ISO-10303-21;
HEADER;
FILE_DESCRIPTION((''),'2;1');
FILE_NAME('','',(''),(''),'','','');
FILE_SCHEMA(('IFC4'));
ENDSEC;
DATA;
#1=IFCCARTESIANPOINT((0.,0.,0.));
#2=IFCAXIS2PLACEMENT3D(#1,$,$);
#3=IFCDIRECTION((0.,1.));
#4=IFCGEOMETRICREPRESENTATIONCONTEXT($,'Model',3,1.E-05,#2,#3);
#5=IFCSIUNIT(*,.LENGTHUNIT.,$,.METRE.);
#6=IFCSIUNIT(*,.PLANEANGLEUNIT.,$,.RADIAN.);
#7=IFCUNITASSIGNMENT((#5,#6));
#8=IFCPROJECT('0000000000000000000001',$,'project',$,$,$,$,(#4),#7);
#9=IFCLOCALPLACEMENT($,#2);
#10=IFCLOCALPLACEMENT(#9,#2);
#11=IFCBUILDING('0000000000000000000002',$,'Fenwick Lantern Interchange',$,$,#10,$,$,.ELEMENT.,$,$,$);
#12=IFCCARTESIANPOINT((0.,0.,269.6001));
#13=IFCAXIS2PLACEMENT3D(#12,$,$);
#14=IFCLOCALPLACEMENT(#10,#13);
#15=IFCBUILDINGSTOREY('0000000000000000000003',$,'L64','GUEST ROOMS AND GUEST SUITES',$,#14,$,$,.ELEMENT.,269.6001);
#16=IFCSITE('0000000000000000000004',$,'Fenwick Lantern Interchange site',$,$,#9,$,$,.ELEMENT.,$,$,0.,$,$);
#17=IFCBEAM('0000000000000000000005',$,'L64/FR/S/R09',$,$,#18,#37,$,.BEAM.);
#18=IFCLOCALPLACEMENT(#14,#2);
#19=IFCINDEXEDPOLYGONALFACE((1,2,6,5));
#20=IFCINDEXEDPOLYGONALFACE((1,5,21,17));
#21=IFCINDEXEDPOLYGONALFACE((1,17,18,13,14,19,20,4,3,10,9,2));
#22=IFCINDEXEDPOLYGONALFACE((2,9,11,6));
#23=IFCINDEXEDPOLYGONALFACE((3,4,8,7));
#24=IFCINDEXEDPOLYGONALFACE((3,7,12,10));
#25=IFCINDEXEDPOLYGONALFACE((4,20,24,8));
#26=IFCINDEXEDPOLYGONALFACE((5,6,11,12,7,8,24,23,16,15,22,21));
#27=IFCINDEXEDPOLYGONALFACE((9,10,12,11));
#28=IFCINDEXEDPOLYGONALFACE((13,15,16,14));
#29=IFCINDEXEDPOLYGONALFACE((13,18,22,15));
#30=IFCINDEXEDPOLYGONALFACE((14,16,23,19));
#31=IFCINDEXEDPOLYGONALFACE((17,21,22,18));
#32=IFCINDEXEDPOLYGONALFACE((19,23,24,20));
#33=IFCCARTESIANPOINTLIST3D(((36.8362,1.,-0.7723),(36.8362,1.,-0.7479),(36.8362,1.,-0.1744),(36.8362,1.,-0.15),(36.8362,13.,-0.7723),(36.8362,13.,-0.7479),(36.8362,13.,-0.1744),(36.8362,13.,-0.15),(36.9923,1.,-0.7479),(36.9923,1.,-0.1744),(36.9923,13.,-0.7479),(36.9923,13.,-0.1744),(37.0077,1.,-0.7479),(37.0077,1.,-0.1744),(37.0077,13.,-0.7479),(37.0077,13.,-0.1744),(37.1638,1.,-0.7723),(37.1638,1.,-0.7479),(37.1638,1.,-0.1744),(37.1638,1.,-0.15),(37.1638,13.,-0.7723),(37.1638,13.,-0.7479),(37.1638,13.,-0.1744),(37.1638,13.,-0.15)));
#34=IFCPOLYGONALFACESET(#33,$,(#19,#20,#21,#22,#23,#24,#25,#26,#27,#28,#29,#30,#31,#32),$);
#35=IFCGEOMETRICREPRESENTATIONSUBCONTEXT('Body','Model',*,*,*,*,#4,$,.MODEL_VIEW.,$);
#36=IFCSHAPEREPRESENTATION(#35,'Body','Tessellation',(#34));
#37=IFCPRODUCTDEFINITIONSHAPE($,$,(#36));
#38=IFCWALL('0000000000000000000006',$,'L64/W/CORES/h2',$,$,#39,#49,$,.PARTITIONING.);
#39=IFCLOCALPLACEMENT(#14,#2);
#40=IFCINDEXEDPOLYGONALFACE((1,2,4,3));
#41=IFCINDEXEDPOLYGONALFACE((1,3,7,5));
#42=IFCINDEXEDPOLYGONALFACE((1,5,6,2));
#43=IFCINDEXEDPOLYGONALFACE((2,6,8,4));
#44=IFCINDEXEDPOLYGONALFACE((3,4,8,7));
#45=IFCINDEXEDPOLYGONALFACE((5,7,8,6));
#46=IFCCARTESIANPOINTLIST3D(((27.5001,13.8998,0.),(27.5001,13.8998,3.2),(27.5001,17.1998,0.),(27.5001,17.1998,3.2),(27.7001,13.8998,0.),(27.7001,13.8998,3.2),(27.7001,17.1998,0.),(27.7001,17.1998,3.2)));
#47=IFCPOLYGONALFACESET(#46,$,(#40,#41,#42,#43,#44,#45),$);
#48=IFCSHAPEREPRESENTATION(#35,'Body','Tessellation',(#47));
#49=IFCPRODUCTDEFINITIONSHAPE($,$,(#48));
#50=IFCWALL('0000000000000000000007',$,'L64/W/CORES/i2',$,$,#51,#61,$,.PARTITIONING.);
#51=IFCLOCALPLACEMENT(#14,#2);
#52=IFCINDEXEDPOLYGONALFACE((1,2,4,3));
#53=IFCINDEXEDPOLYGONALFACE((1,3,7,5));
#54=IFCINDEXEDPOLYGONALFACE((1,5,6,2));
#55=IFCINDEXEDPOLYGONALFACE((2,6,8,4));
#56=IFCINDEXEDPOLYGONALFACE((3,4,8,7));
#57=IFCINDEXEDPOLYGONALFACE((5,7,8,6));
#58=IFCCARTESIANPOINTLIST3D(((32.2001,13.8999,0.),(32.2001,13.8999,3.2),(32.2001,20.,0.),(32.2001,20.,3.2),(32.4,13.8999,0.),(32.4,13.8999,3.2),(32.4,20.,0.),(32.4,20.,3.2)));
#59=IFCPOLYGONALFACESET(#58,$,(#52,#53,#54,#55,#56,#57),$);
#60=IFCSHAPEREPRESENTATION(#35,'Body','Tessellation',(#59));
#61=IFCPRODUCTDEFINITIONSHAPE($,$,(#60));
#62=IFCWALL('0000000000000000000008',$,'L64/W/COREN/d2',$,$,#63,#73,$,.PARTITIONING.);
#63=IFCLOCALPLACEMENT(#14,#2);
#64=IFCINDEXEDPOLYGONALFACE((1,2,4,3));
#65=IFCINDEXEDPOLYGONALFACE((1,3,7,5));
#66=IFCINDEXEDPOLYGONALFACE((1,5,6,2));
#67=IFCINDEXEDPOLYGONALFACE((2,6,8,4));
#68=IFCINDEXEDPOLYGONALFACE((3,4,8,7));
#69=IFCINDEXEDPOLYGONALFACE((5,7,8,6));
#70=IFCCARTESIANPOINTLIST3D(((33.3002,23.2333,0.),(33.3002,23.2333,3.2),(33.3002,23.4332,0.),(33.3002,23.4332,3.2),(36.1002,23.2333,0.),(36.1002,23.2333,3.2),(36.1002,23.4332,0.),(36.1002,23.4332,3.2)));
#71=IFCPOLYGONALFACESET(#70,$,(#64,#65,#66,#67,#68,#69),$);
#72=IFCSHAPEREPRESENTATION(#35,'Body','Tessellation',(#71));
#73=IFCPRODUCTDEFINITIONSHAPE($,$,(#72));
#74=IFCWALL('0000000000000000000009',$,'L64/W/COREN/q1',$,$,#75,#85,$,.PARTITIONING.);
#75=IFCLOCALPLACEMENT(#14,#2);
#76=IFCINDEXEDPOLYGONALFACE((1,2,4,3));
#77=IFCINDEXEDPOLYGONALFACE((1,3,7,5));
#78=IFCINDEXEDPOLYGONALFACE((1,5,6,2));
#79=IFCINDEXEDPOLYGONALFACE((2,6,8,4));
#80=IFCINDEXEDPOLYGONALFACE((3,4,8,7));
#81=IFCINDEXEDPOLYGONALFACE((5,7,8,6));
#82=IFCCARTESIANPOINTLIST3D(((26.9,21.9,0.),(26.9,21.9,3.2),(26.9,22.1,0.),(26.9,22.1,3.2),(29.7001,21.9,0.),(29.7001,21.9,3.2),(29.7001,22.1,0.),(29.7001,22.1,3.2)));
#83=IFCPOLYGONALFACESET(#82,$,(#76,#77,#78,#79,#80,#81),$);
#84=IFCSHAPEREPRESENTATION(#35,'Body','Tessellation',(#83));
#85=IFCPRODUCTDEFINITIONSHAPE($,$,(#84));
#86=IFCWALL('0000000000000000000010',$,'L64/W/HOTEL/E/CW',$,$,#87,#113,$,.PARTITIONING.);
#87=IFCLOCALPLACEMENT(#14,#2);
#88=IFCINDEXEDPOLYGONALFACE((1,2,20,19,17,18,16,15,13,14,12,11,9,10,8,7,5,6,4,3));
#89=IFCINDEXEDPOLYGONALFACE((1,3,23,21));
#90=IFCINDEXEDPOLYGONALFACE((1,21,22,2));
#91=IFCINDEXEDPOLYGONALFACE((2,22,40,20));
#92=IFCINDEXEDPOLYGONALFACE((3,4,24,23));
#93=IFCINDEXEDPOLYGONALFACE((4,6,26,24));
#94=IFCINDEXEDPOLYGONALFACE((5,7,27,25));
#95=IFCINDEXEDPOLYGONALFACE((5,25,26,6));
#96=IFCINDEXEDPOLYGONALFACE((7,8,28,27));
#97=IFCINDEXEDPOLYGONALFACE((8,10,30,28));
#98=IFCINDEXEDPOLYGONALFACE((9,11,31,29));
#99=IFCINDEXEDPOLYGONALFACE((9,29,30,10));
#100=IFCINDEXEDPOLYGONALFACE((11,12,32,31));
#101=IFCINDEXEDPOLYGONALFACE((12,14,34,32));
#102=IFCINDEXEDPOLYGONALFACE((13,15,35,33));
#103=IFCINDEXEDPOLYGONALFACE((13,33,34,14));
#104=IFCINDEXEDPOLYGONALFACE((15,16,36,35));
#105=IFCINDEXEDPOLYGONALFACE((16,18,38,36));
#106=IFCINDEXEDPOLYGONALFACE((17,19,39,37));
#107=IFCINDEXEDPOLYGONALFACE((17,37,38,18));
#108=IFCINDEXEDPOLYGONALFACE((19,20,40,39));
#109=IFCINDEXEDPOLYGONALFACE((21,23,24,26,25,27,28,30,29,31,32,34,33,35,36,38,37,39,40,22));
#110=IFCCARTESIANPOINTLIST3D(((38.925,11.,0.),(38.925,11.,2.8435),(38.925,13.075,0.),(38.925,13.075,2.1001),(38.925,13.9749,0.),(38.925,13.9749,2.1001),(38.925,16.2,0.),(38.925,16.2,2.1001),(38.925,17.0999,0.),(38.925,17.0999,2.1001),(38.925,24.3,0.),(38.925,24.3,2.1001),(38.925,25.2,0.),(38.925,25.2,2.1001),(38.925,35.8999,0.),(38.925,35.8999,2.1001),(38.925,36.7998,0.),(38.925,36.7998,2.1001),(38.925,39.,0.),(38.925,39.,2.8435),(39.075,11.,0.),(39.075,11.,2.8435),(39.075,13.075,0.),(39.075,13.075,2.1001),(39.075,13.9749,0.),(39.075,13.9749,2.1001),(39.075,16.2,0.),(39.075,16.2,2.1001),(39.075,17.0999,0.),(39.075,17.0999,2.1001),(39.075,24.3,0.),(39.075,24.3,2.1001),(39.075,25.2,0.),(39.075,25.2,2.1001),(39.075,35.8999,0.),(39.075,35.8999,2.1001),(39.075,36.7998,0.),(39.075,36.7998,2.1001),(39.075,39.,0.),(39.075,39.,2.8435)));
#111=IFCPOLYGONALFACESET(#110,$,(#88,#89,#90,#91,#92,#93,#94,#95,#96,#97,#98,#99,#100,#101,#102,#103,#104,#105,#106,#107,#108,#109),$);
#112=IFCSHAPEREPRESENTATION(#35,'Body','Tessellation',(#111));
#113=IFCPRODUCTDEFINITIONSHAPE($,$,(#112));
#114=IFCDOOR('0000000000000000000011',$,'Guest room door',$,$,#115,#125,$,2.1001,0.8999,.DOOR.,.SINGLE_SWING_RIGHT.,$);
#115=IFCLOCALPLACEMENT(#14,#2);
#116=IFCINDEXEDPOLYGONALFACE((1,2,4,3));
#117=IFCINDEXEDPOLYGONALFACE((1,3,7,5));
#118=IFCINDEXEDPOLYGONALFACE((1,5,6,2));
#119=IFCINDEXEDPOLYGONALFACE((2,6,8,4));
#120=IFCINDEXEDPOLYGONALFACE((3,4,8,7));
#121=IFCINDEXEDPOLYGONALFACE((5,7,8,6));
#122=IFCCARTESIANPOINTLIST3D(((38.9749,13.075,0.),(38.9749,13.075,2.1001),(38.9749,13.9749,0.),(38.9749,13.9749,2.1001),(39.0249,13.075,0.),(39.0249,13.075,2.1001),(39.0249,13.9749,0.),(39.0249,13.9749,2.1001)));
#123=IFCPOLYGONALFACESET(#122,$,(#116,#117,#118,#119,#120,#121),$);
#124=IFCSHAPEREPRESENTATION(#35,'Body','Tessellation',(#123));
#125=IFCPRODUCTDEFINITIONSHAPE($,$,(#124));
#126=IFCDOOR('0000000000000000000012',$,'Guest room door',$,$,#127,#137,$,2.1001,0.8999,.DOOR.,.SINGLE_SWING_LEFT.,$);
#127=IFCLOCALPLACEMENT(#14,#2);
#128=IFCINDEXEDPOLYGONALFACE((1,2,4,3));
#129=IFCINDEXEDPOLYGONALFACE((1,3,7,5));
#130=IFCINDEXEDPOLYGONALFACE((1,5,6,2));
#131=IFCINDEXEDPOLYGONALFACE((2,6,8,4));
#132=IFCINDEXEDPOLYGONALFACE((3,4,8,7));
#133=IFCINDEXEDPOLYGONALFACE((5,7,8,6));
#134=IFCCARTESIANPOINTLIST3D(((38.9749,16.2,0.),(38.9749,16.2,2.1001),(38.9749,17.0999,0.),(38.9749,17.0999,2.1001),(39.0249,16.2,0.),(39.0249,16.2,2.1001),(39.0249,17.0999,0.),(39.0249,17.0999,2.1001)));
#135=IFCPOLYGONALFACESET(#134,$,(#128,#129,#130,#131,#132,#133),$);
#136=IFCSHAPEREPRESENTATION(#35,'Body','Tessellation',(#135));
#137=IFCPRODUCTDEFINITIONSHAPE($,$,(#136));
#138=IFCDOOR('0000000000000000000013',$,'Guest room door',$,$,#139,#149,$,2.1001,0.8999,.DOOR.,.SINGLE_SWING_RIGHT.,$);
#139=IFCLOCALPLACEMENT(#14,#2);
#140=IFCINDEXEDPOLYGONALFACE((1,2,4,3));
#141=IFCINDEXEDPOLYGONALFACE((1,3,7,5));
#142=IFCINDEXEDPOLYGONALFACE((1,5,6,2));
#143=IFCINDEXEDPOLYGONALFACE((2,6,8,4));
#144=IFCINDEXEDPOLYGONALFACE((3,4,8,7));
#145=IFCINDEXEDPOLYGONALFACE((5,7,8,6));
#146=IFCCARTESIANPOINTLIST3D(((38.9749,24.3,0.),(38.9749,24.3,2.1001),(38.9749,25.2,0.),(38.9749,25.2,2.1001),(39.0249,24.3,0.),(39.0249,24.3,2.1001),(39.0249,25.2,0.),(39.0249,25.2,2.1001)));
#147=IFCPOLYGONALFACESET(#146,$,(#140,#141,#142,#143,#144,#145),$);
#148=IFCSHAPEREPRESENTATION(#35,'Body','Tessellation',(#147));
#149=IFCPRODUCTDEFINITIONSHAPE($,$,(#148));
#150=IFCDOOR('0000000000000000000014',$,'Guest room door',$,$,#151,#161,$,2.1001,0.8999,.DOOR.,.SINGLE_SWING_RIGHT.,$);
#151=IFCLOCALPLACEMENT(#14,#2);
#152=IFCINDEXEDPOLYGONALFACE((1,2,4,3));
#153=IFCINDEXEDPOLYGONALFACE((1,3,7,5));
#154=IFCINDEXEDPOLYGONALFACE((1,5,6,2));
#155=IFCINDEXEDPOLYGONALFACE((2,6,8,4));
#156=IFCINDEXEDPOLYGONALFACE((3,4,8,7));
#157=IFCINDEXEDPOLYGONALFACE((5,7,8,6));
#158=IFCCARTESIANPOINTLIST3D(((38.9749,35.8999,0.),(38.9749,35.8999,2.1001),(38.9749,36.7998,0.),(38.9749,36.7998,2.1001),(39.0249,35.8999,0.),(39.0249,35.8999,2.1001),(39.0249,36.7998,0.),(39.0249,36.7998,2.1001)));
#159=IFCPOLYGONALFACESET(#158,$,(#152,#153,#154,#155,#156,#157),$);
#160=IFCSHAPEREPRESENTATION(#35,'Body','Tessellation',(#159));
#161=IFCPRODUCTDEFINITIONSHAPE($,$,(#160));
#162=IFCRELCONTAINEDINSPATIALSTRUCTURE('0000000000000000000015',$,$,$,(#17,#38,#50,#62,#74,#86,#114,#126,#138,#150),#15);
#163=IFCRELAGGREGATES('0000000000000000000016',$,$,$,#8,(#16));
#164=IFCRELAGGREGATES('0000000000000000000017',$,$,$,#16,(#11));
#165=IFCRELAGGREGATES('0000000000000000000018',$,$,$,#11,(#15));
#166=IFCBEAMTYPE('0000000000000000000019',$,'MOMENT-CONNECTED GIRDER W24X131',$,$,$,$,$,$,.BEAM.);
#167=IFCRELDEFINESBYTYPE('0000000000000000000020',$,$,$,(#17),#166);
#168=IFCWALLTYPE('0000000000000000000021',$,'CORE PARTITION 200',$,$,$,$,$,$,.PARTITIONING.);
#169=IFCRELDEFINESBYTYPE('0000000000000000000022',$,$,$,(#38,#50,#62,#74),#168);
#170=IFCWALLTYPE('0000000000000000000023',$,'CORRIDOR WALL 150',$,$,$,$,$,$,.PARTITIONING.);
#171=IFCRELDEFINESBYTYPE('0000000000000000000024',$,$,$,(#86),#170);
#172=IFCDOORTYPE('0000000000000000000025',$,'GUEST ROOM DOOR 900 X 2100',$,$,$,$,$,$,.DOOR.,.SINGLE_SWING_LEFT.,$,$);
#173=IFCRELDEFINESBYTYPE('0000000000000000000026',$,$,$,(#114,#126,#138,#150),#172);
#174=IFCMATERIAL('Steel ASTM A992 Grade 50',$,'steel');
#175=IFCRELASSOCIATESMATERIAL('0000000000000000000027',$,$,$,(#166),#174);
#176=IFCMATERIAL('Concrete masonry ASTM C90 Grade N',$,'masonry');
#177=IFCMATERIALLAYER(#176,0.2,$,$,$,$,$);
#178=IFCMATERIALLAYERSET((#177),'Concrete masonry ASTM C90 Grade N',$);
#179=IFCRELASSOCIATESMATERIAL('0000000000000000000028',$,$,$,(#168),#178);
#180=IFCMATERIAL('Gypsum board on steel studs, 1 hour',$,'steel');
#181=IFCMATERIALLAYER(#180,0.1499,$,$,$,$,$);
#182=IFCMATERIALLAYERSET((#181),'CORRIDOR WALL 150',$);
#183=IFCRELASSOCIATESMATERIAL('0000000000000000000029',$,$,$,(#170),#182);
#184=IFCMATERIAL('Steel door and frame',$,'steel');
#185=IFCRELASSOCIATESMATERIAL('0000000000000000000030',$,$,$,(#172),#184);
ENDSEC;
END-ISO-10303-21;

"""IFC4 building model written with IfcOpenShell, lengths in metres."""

from ifc_helpers import new_model, si_unit, direction, frame, frame_2d, origin, origin_2d, place, context, subcontext, project, spatial, rectangle, i_section, extrude, material, layer, layer_set, material_profile, profile_set, type_object, element, fill, save


model = new_model("IFC4")

# Units and contexts
model_context = context("Model", 3, precision=1e-05, world=origin(), true_north=direction((0.0, 1.0)))
body_context = subcontext(model_context, "Body", "Model", "MODEL_VIEW")
ifc_project = project(units=[si_unit("LENGTHUNIT", "METRE"), si_unit("PLANEANGLEUNIT", "RADIAN")], contexts=[model_context])

# Site, building, storey
site_placement = place(None, origin())
site = spatial("IfcSite", under=ifc_project, at=site_placement, Name="Fenwick Lantern Interchange site", CompositionType="ELEMENT", RefElevation=0.0)
building_placement = place(site_placement, origin())
building = spatial("IfcBuilding", under=site, at=building_placement, Name="Fenwick Lantern Interchange", CompositionType="ELEMENT")
storey_placement = place(building_placement, frame((0.0, 0.0, 269.6001)))
storey = spatial("IfcBuildingStorey", under=building, at=storey_placement, Name="L64", Description="GUEST ROOMS AND GUEST SUITES", CompositionType="ELEMENT", Elevation=269.6001)

# Shared definitions
ifc_material_1 = material(Name="Steel ASTM A992 Grade 50", Category="steel")

# Beam
ifc_material_profile_1 = material_profile(ifc_material_1, i_section(OverallWidth=0.3276, OverallDepth=0.6223, WebThickness=0.0154, FlangeThickness=0.0244, at=origin_2d()), Name="W24X131")
ifc_profile_set_1 = profile_set([ifc_material_profile_1], Name="Steel ASTM A992 Grade 50")
beam_type_1 = type_object("IfcBeamType", Name="MOMENT-CONNECTED GIRDER W24X131", PredefinedType="BEAM", material=ifc_profile_set_1)
beam_1_placement = place(storey_placement, frame((37.0, 1.0, -0.4612), z_axis=(0.0, 1.0, 0.0), x_axis=(-1.0, 0.0, 0.0)))
element("IfcBeam", 1, at=beam_1_placement, inside=storey, type_object=beam_type_1, Name="L64/FR/S/R09", PredefinedType="BEAM", context=body_context, shape_type="SweptSolid", body=[
    extrude(i_section(OverallWidth=0.3276, OverallDepth=0.6223, WebThickness=0.0154, FlangeThickness=0.0244, at=origin_2d()), origin(), (0.0, 0.0, 1.0), 12.0),
])

# Walls
ifc_material_2 = material(Name="Concrete masonry ASTM C90 Grade N", Category="masonry")
ifc_layer_1 = layer(ifc_material_2, 0.2)
ifc_layer_set_1 = layer_set([ifc_layer_1], Name="Concrete masonry ASTM C90 Grade N")
wall_type_1 = type_object("IfcWallType", Name="CORE PARTITION 200", PredefinedType="PARTITIONING", material=ifc_layer_set_1)
wall_1_placement = place(storey_placement, frame((27.6001, 13.8999, 0.0), z_axis=(0.0, 0.0, 1.0), x_axis=(0.0, 1.0, 0.0)))
element("IfcWall", 2, at=wall_1_placement, inside=storey, type_object=wall_type_1, Name="L64/W/CORES/h2", PredefinedType="PARTITIONING", context=body_context, shape_type="SweptSolid", body=[
    extrude(rectangle(XDim=3.3, YDim=0.2, at=frame_2d((1.6499, 0.0))), origin(), (0.0, 0.0, 1.0), 3.2),
])
wall_2_placement = place(storey_placement, frame((32.3, 13.8999, 0.0), z_axis=(0.0, 0.0, 1.0), x_axis=(0.0, 1.0, 0.0)))
element("IfcWall", 3, at=wall_2_placement, inside=storey, type_object=wall_type_1, Name="L64/W/CORES/i2", PredefinedType="PARTITIONING", context=body_context, shape_type="SweptSolid", body=[
    extrude(rectangle(XDim=6.1001, YDim=0.2, at=frame_2d((3.05, 0.0))), origin(), (0.0, 0.0, 1.0), 3.2),
])
for number, where, z_axis, x_axis, name in (
    (4, (36.1001, 23.3333, 0.0), (0.0, 0.0, 1.0), (-1.0, 0.0, 0.0), "L64/W/COREN/d2"),
    (5, (29.7, 22.0, 0.0), (0.0, 0.0, 1.0), (-1.0, 0.0, 0.0), "L64/W/COREN/q1"),
):
    element("IfcWall", number, at=place(storey_placement, frame(where, z_axis=z_axis, x_axis=x_axis)), inside=storey, type_object=wall_type_1, Name=name, PredefinedType="PARTITIONING", context=body_context, shape_type="SweptSolid", body=[
        extrude(rectangle(XDim=2.8, YDim=0.2, at=frame_2d((1.3999, 0.0))), origin(), (0.0, 0.0, 1.0), 3.2),
    ])

# Wall, openings, doors
ifc_material_3 = material(Name="Steel door and frame", Category="steel")
ifc_material_4 = material(Name="Gypsum board on steel studs, 1 hour", Category="steel")
ifc_layer_2 = layer(ifc_material_4, 0.1499)
ifc_layer_set_2 = layer_set([ifc_layer_2], Name="CORRIDOR WALL 150")
wall_type_2 = type_object("IfcWallType", Name="CORRIDOR WALL 150", PredefinedType="PARTITIONING", material=ifc_layer_set_2)
wall_3_placement = place(storey_placement, frame((39.0, 11.0, 0.0), z_axis=(0.0, 0.0, 1.0), x_axis=(0.0, 1.0, 0.0)))
wall_3 = element("IfcWall", 6, at=wall_3_placement, inside=storey, type_object=wall_type_2, Name="L64/W/HOTEL/E/CW", PredefinedType="PARTITIONING", context=body_context, shape_type="SweptSolid", body=[
    extrude(rectangle(XDim=28.0, YDim=0.1499, at=frame_2d((14.0, 0.0))), origin(), (0.0, 0.0, 1.0), 2.8435),
])
opening_1_placement = place(wall_3_placement, frame((2.075, 0.0, 0.0)))
opening_1 = element("IfcOpeningElement", 7, at=opening_1_placement, cuts=wall_3, PredefinedType="OPENING", context=body_context, shape_type="SweptSolid", body=[
    extrude(rectangle(XDim=0.8999, YDim=2.1001, at=frame_2d((0.45, 1.05))), frame((0.0, 0.085, 0.0), z_axis=(0.0, -1.0, 0.0), x_axis=(1.0, 0.0, 0.0)), (0.0, 0.0, 1.0), 0.1699),
])
opening_2_placement = place(wall_3_placement, frame((5.2, 0.0, 0.0)))
opening_2 = element("IfcOpeningElement", 8, at=opening_2_placement, cuts=wall_3, PredefinedType="OPENING", context=body_context, shape_type="SweptSolid", body=[
    extrude(rectangle(XDim=0.8999, YDim=2.1001, at=frame_2d((0.45, 1.05))), frame((0.0, 0.085, 0.0), z_axis=(0.0, -1.0, 0.0), x_axis=(1.0, 0.0, 0.0)), (0.0, 0.0, 1.0), 0.1699),
])
opening_3_placement = place(wall_3_placement, frame((13.3, 0.0, 0.0)))
opening_3 = element("IfcOpeningElement", 9, at=opening_3_placement, cuts=wall_3, PredefinedType="OPENING", context=body_context, shape_type="SweptSolid", body=[
    extrude(rectangle(XDim=0.8999, YDim=2.1001, at=frame_2d((0.45, 1.05))), frame((0.0, 0.085, 0.0), z_axis=(0.0, -1.0, 0.0), x_axis=(1.0, 0.0, 0.0)), (0.0, 0.0, 1.0), 0.1699),
])
opening_4_placement = place(wall_3_placement, frame((24.8999, 0.0, 0.0)))
opening_4 = element("IfcOpeningElement", 10, at=opening_4_placement, cuts=wall_3, PredefinedType="OPENING", context=body_context, shape_type="SweptSolid", body=[
    extrude(rectangle(XDim=0.8999, YDim=2.1001, at=frame_2d((0.45, 1.05))), frame((0.0, 0.085, 0.0), z_axis=(0.0, -1.0, 0.0), x_axis=(1.0, 0.0, 0.0)), (0.0, 0.0, 1.0), 0.1699),
])
door_type_1 = type_object("IfcDoorType", Name="GUEST ROOM DOOR 900 X 2100", OperationType="SINGLE_SWING_LEFT", PredefinedType="DOOR", material=ifc_material_3)
door_1_placement = place(opening_1_placement, frame((0.8999, 0.0, 0.0), z_axis=(0.0, 0.0, 1.0), x_axis=(-1.0, 0.0, 0.0)))
door_1 = element("IfcDoor", 11, at=door_1_placement, inside=storey, type_object=door_type_1, Name="Guest room door", OperationType="SINGLE_SWING_RIGHT", OverallHeight=2.1001, OverallWidth=0.8999, PredefinedType="DOOR", context=body_context, shape_type="SweptSolid", body=[
    extrude(rectangle(XDim=0.8999, YDim=2.1001, at=frame_2d((0.45, 1.05))), frame((0.0, 0.0249, 0.0), z_axis=(0.0, -1.0, 0.0), x_axis=(1.0, 0.0, 0.0)), (0.0, 0.0, 1.0), 0.05),
])
fill(opening_1, door_1)
door_2_placement = place(opening_2_placement, frame((0.8999, 0.0, 0.0), z_axis=(0.0, 0.0, 1.0), x_axis=(-1.0, 0.0, 0.0)))
door_2 = element("IfcDoor", 12, at=door_2_placement, inside=storey, type_object=door_type_1, Name="Guest room door", OperationType="SINGLE_SWING_LEFT", OverallHeight=2.1001, OverallWidth=0.8999, PredefinedType="DOOR", context=body_context, shape_type="SweptSolid", body=[
    extrude(rectangle(XDim=0.8999, YDim=2.1001, at=frame_2d((0.45, 1.05))), frame((0.0, 0.0249, 0.0), z_axis=(0.0, -1.0, 0.0), x_axis=(1.0, 0.0, 0.0)), (0.0, 0.0, 1.0), 0.05),
])
fill(opening_2, door_2)
door_3_placement = place(opening_3_placement, frame((0.8999, 0.0, 0.0), z_axis=(0.0, 0.0, 1.0), x_axis=(-1.0, 0.0, 0.0)))
door_3 = element("IfcDoor", 13, at=door_3_placement, inside=storey, type_object=door_type_1, Name="Guest room door", OperationType="SINGLE_SWING_RIGHT", OverallHeight=2.1001, OverallWidth=0.8999, PredefinedType="DOOR", context=body_context, shape_type="SweptSolid", body=[
    extrude(rectangle(XDim=0.8999, YDim=2.1001, at=frame_2d((0.45, 1.05))), frame((0.0, 0.0249, 0.0), z_axis=(0.0, -1.0, 0.0), x_axis=(1.0, 0.0, 0.0)), (0.0, 0.0, 1.0), 0.05),
])
fill(opening_3, door_3)
door_4_placement = place(opening_4_placement, frame((0.8999, 0.0, 0.0), z_axis=(0.0, 0.0, 1.0), x_axis=(-1.0, 0.0, 0.0)))
door_4 = element("IfcDoor", 14, at=door_4_placement, inside=storey, type_object=door_type_1, Name="Guest room door", OperationType="SINGLE_SWING_RIGHT", OverallHeight=2.1001, OverallWidth=0.8999, PredefinedType="DOOR", context=body_context, shape_type="SweptSolid", body=[
    extrude(rectangle(XDim=0.8999, YDim=2.1001, at=frame_2d((0.45, 1.05))), frame((0.0, 0.0249, 0.0), z_axis=(0.0, -1.0, 0.0), x_axis=(1.0, 0.0, 0.0)), (0.0, 0.0, 1.0), 0.05),
])
fill(opening_4, door_4)

save(model, "model.ifc")
